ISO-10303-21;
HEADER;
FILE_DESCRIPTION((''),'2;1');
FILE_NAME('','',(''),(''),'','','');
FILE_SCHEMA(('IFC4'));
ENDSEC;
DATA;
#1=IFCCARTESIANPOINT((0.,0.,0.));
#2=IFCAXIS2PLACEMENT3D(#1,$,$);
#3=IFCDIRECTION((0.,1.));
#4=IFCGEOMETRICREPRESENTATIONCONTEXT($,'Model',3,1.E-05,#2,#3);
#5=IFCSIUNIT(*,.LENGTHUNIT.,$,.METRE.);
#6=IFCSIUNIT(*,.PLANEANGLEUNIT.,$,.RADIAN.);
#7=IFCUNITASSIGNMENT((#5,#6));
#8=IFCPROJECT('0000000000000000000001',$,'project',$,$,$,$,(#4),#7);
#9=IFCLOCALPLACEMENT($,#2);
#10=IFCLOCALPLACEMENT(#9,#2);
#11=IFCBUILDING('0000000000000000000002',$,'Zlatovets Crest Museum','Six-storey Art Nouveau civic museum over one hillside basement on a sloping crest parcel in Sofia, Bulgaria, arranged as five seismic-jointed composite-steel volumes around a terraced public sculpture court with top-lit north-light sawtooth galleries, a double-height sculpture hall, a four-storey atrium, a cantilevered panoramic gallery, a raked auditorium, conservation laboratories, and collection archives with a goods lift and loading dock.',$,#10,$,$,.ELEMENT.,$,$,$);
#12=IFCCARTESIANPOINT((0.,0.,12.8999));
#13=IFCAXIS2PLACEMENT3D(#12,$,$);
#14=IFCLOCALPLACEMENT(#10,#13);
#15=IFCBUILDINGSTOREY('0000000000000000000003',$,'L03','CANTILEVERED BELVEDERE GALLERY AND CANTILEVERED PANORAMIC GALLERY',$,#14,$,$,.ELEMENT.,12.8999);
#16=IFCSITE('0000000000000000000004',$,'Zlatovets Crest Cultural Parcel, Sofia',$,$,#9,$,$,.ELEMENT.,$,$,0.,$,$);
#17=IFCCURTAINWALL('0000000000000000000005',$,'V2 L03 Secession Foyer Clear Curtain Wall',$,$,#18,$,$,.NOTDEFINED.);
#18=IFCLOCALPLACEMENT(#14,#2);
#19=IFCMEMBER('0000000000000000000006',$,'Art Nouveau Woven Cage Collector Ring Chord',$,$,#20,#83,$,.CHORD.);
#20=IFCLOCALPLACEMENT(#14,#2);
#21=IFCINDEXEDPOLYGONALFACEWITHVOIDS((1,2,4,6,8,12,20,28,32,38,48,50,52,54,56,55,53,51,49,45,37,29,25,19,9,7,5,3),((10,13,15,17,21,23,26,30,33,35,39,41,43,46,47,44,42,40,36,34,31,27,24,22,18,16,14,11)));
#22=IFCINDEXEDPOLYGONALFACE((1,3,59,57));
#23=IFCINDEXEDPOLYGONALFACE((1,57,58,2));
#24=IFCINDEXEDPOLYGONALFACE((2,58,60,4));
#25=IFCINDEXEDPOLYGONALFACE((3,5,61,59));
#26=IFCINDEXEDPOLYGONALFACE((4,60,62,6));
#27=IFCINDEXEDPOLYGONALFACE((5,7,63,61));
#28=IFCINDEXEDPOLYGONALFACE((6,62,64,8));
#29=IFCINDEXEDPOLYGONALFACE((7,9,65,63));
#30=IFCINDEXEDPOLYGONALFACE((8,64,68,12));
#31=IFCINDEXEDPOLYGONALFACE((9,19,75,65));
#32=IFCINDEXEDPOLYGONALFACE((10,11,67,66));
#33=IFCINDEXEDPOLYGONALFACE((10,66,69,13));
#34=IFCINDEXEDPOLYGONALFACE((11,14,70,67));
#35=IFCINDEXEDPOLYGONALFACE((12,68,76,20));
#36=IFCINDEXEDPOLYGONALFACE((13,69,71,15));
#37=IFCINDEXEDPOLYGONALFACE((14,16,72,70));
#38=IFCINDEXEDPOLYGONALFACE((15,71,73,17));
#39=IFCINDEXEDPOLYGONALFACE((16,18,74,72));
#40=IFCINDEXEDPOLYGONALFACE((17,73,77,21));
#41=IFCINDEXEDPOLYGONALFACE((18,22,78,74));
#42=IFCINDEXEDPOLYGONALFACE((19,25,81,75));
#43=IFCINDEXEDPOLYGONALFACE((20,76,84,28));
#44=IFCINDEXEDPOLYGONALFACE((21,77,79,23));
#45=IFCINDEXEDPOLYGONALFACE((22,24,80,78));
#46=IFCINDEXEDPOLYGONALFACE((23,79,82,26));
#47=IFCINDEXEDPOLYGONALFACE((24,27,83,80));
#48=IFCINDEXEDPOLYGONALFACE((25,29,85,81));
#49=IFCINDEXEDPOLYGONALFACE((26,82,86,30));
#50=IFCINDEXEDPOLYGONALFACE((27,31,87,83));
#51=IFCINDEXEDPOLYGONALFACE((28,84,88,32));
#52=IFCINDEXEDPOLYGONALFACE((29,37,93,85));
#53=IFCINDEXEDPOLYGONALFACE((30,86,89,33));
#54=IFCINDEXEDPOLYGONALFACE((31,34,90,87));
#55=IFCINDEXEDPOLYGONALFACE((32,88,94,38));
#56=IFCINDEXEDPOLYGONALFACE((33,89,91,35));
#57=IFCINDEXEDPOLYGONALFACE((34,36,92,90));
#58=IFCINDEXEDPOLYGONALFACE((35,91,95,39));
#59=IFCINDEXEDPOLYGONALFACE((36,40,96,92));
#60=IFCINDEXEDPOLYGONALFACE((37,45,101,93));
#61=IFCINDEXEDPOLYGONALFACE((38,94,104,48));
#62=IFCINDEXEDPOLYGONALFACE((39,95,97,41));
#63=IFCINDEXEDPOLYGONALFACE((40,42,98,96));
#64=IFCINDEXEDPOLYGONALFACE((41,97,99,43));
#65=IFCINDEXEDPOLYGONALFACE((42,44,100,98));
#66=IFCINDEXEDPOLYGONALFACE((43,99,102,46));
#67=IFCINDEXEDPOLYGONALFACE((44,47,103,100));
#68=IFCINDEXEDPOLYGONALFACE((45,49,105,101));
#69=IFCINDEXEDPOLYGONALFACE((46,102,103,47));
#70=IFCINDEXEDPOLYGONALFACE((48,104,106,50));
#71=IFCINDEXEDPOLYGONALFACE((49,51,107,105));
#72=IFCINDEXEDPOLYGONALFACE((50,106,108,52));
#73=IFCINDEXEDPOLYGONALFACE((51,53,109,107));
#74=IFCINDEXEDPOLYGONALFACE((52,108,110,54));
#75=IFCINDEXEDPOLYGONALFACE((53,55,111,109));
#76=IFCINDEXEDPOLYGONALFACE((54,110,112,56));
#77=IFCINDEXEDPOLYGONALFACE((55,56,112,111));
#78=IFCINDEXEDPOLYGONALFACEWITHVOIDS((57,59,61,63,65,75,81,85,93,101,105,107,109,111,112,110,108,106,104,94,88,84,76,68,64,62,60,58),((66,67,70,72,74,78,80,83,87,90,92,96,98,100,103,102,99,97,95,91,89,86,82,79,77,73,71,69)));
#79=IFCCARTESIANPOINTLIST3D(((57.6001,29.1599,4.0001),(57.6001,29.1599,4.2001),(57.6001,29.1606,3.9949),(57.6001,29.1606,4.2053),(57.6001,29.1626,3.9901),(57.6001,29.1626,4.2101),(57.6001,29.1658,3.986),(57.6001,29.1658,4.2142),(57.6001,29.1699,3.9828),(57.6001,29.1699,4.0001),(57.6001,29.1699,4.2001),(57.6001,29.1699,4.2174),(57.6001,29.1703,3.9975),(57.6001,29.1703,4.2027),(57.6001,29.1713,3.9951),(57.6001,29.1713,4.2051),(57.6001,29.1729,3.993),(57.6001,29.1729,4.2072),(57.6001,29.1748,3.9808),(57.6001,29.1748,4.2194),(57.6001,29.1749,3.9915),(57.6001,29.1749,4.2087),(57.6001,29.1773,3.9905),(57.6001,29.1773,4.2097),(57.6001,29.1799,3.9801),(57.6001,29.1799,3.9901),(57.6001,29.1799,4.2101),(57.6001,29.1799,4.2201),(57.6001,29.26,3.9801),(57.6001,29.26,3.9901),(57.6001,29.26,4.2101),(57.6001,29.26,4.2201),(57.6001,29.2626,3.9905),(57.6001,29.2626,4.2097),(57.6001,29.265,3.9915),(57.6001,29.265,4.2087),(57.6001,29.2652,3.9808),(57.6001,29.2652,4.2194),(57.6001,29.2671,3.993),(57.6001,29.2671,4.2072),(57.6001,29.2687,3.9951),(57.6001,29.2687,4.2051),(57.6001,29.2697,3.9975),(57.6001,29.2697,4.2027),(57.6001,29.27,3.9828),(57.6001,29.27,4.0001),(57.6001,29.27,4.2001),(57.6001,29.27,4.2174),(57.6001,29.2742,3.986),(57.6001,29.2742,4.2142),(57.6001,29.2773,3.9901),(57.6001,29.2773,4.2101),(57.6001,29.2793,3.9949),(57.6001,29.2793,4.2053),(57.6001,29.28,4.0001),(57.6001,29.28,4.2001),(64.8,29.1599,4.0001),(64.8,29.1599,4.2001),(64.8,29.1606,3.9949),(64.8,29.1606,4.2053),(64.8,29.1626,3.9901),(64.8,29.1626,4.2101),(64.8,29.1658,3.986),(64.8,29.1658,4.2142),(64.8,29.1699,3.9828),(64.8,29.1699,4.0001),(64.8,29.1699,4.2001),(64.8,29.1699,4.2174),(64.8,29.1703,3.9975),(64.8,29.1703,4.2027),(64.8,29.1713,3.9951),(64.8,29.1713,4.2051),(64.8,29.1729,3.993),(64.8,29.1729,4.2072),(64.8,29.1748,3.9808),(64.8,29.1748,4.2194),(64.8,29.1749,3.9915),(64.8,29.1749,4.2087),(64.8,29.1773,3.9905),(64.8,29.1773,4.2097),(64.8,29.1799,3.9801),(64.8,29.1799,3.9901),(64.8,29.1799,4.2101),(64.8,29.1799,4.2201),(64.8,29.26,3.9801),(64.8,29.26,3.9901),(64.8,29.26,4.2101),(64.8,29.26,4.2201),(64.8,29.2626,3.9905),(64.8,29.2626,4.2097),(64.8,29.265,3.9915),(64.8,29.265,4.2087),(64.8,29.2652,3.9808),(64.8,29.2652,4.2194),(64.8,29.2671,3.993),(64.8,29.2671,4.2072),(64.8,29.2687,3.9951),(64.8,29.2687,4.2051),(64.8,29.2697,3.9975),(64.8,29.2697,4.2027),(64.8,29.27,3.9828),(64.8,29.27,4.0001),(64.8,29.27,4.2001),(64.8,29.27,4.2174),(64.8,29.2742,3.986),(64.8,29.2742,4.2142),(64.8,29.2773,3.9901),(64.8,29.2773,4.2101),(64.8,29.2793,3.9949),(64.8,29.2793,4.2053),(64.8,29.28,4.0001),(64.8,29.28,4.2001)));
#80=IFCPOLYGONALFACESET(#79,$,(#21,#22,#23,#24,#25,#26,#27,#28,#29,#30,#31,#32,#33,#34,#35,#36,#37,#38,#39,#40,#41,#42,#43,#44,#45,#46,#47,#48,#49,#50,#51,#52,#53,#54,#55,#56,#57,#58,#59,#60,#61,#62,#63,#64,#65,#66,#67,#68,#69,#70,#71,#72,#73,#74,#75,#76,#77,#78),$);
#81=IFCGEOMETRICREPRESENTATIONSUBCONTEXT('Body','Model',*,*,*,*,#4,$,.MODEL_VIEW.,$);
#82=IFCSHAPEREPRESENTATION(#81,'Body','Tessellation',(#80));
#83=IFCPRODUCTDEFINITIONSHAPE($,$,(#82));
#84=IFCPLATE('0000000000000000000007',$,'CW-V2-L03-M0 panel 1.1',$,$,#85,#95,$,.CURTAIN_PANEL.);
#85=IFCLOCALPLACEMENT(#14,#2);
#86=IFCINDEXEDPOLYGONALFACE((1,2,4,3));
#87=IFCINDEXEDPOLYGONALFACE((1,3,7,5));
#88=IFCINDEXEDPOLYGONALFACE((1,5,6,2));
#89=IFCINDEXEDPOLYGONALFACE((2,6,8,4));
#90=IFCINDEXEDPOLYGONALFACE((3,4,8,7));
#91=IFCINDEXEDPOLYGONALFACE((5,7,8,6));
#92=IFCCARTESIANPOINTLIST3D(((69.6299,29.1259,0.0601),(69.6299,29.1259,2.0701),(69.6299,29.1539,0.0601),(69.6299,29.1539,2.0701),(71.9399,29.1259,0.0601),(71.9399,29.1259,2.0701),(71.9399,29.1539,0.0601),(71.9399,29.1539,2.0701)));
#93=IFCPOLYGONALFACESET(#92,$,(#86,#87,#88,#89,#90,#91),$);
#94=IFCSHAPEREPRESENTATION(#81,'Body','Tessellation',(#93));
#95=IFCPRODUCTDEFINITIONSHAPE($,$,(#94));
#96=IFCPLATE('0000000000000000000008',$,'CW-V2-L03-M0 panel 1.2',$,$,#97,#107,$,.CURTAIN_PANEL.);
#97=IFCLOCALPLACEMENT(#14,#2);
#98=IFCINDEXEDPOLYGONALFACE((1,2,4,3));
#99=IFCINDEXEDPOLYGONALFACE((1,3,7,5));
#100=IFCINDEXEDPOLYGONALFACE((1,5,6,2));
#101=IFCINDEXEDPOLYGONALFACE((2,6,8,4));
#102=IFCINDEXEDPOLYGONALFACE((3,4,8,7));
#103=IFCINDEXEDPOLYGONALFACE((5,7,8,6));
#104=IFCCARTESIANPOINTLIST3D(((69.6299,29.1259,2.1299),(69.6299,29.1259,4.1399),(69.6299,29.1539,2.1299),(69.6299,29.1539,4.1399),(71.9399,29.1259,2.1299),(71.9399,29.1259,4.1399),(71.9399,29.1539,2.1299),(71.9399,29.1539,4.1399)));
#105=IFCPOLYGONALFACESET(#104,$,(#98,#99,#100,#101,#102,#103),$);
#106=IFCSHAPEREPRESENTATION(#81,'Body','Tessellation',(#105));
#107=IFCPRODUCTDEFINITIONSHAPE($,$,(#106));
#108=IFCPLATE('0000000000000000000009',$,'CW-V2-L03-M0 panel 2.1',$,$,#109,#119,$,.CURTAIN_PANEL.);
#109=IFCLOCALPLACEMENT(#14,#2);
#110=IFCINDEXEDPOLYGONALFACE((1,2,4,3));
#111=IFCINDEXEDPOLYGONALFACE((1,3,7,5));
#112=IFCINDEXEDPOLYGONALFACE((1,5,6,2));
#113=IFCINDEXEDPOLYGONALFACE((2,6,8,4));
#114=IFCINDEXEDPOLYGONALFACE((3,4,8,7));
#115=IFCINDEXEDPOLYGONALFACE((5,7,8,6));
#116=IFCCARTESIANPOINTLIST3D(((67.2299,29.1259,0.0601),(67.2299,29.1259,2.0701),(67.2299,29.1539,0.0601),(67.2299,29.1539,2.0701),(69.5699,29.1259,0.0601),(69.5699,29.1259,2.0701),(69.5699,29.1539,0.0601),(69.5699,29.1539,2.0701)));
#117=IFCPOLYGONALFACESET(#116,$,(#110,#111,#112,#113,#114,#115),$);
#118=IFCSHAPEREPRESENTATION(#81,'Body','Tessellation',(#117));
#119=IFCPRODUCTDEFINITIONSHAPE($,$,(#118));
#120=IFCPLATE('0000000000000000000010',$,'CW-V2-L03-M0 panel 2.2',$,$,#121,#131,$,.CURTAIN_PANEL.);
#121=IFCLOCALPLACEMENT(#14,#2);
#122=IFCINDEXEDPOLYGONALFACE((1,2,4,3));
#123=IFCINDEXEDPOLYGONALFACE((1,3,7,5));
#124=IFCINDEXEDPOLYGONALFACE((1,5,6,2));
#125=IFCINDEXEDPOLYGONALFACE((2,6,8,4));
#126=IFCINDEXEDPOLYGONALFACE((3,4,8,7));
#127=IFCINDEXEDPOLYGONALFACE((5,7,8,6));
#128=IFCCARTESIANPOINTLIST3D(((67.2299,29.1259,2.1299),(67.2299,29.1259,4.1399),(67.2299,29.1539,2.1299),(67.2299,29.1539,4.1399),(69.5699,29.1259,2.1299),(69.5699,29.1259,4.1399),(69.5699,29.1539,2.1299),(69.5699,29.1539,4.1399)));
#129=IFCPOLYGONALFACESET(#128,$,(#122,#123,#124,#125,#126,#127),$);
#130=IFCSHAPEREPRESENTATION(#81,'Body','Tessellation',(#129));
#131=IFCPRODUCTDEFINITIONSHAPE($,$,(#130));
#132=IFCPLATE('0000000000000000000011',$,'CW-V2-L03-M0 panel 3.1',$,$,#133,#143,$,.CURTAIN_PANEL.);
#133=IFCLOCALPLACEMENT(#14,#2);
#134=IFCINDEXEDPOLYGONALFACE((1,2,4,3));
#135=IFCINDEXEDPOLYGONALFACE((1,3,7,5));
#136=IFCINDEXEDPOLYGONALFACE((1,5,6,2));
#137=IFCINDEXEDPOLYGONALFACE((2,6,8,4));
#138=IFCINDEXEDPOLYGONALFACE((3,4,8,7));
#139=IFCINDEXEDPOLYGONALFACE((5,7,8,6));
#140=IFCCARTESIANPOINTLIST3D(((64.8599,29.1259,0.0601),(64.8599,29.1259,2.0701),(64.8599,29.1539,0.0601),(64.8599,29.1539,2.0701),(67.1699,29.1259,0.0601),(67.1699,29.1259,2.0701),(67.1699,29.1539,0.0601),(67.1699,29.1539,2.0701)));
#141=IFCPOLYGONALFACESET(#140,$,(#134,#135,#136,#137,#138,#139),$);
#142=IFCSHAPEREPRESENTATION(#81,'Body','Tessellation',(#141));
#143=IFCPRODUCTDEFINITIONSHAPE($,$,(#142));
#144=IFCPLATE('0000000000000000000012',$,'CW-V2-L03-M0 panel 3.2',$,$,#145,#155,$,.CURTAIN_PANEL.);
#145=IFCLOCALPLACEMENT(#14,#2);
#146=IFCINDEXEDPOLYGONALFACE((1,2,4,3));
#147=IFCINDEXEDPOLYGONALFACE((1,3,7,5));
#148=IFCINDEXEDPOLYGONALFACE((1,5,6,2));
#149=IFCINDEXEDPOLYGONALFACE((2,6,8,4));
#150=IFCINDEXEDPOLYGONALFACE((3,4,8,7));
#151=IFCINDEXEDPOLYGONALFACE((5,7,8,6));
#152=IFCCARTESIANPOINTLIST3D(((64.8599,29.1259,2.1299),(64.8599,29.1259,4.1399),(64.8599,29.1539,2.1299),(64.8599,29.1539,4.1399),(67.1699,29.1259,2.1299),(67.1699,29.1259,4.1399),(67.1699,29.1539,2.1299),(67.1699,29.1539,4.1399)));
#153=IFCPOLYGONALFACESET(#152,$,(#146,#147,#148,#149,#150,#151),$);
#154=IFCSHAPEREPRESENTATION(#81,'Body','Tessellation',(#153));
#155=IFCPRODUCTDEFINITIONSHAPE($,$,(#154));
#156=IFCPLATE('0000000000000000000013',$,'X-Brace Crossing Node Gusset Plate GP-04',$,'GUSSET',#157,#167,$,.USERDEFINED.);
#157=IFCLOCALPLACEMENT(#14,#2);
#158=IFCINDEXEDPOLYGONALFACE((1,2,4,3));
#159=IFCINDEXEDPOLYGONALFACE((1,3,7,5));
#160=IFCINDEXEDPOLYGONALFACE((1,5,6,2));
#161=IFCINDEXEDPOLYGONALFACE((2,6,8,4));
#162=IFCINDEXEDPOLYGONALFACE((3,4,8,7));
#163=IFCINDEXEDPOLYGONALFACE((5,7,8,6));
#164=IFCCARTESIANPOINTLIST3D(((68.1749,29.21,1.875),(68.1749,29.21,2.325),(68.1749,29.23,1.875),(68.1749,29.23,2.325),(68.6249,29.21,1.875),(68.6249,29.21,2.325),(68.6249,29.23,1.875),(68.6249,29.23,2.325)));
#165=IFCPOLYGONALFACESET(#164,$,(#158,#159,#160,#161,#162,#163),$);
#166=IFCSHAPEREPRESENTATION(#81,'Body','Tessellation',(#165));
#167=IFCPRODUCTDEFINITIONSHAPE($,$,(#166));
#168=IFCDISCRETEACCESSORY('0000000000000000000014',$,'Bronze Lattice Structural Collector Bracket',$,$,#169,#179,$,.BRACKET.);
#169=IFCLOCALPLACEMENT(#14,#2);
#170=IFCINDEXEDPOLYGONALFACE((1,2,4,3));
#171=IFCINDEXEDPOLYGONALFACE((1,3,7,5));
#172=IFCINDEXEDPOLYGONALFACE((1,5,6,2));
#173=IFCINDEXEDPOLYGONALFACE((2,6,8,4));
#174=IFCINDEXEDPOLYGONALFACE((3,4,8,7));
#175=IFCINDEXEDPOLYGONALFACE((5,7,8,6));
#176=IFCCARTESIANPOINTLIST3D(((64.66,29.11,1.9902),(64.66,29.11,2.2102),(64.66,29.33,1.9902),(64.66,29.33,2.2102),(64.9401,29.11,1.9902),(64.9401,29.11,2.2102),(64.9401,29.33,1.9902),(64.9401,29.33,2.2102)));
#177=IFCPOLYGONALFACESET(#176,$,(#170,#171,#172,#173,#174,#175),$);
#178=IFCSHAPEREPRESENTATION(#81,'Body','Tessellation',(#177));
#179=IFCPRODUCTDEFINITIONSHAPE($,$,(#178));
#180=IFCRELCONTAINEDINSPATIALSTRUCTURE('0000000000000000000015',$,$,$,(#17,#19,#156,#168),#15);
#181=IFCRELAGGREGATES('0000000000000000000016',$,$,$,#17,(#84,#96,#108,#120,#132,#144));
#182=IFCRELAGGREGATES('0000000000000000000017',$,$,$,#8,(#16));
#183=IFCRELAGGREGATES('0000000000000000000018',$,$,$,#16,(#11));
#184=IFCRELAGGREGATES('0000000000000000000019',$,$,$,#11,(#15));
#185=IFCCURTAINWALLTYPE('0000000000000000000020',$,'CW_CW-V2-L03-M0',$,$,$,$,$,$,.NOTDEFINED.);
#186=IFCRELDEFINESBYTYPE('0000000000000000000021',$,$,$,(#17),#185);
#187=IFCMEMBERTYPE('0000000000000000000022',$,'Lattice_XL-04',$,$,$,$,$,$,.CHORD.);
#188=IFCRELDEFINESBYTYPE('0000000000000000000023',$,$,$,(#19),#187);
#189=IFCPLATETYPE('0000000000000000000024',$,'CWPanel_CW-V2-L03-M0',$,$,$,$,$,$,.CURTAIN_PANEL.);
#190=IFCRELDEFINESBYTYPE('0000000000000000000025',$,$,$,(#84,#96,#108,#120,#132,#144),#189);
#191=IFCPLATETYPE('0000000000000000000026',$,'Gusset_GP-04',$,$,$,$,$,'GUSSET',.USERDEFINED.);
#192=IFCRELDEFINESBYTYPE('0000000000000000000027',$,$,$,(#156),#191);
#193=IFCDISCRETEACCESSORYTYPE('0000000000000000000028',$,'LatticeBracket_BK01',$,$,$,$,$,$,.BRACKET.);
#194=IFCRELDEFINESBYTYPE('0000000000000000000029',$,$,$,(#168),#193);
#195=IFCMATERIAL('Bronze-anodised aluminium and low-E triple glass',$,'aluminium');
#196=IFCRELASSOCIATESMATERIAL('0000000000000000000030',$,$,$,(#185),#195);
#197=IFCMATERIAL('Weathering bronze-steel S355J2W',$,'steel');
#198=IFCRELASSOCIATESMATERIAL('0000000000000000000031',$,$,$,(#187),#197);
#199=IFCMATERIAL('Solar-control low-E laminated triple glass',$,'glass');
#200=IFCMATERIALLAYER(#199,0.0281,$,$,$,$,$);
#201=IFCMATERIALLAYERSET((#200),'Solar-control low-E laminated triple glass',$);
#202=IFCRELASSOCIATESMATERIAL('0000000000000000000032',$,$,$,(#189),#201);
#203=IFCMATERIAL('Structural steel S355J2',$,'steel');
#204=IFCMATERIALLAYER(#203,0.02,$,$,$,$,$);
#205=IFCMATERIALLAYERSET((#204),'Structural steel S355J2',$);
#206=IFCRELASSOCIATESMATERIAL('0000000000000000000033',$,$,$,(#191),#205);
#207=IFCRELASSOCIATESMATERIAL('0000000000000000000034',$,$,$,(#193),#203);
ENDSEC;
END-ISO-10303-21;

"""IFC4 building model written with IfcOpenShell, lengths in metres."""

from ifc_helpers import new_model, si_unit, direction, frame, origin, origin_2d, place, context, subcontext, project, spatial, rectangle, hollow_rectangle, extrude, material, layer, layer_set, material_profile, profile_set, type_object, element, aggregate, save


model = new_model("IFC4")

# Units and contexts
model_context = context("Model", 3, precision=1e-05, world=origin(), true_north=direction((0.0, 1.0)))
body_context = subcontext(model_context, "Body", "Model", "MODEL_VIEW")
ifc_project = project(units=[si_unit("LENGTHUNIT", "METRE"), si_unit("PLANEANGLEUNIT", "RADIAN")], contexts=[model_context])

# Site, building, storey
site_placement = place(None, origin())
site = spatial("IfcSite", under=ifc_project, at=site_placement, Name="Zlatovets Crest Cultural Parcel, Sofia", CompositionType="ELEMENT", RefElevation=0.0)
building_placement = place(site_placement, origin())
building = spatial("IfcBuilding", under=site, at=building_placement, Name="Zlatovets Crest Museum", Description="Six-storey Art Nouveau civic museum over one hillside basement on a sloping crest parcel in Sofia, Bulgaria, arranged as five seismic-jointed composite-steel volumes around a terraced public sculpture court with top-lit north-light sawtooth galleries, a double-height sculpture hall, a four-storey atrium, a cantilevered panoramic gallery, a raked auditorium, conservation laboratories, and collection archives with a goods lift and loading dock.", CompositionType="ELEMENT")
storey_placement = place(building_placement, frame((0.0, 0.0, 12.8999)))
storey = spatial("IfcBuildingStorey", under=building, at=storey_placement, Name="L03", Description="CANTILEVERED BELVEDERE GALLERY AND CANTILEVERED PANORAMIC GALLERY", CompositionType="ELEMENT", Elevation=12.8999)

# Shared definitions
ifc_material_1 = material(Name="Structural steel S355J2", Category="steel")

# Curtain wall
ifc_material_2 = material(Name="Bronze-anodised aluminium and low-E triple glass", Category="aluminium")
curtain_wall_type = type_object("IfcCurtainWallType", Name="CW_CW-V2-L03-M0", PredefinedType="NOTDEFINED", material=ifc_material_2)
curtain_wall_placement = place(storey_placement, origin())
curtain_wall = element("IfcCurtainWall", 1, at=curtain_wall_placement, inside=storey, type_object=curtain_wall_type, Name="V2 L03 Secession Foyer Clear Curtain Wall", PredefinedType="NOTDEFINED")

# Member
ifc_material_3 = material(Name="Weathering bronze-steel S355J2W", Category="steel")
ifc_material_profile_1 = material_profile(ifc_material_3, hollow_rectangle(XDim=0.1201, YDim=0.24, WallThickness=0.01, InnerFilletRadius=0.01, OuterFilletRadius=0.02, at=origin_2d()), Name="RHS 120x240x10.0")
ifc_profile_set_1 = profile_set([ifc_material_profile_1], Name="Weathering bronze-steel S355J2W")
member_type_1 = type_object("IfcMemberType", Name="Lattice_XL-04", PredefinedType="CHORD", material=ifc_profile_set_1)
member_1_placement = place(storey_placement, frame((64.8, 29.22, 4.1001), z_axis=(-1.0, 0.0, 0.0), x_axis=(0.0, -1.0, 0.0)))
element("IfcMember", 2, at=member_1_placement, inside=storey, type_object=member_type_1, Name="Art Nouveau Woven Cage Collector Ring Chord", PredefinedType="CHORD", context=body_context, shape_type="SweptSolid", body=[
    extrude(hollow_rectangle(XDim=0.1201, YDim=0.24, WallThickness=0.01, InnerFilletRadius=0.01, OuterFilletRadius=0.02, at=origin_2d()), origin(), (0.0, 0.0, 1.0), 7.2),
])

# Plates
ifc_material_4 = material(Name="Solar-control low-E laminated triple glass", Category="glass")
ifc_layer_1 = layer(ifc_material_4, 0.0281)
ifc_layer_set_1 = layer_set([ifc_layer_1], Name="Solar-control low-E laminated triple glass")
plate_type_1 = type_object("IfcPlateType", Name="CWPanel_CW-V2-L03-M0", PredefinedType="CURTAIN_PANEL", material=ifc_layer_set_1)
plate_1_placement = place(storey_placement, frame((70.7849, 29.1399, 0.0601), z_axis=(0.0, 0.0, 1.0), x_axis=(-1.0, 0.0, 0.0)))
plate_1 = element("IfcPlate", 3, at=plate_1_placement, type_object=plate_type_1, Name="CW-V2-L03-M0 panel 1.1", PredefinedType="CURTAIN_PANEL", context=body_context, shape_type="SweptSolid", body=[
    extrude(rectangle(XDim=2.3101, YDim=0.0281, at=origin_2d()), origin(), (0.0, 0.0, 1.0), 2.01),
])
plate_2_placement = place(storey_placement, frame((70.7849, 29.1399, 2.1299), z_axis=(0.0, 0.0, 1.0), x_axis=(-1.0, 0.0, 0.0)))
plate_2 = element("IfcPlate", 4, at=plate_2_placement, type_object=plate_type_1, Name="CW-V2-L03-M0 panel 1.2", PredefinedType="CURTAIN_PANEL", context=body_context, shape_type="SweptSolid", body=[
    extrude(rectangle(XDim=2.3101, YDim=0.0281, at=origin_2d()), origin(), (0.0, 0.0, 1.0), 2.01),
])
plate_3_placement = place(storey_placement, frame((68.3999, 29.1399, 0.0601), z_axis=(0.0, 0.0, 1.0), x_axis=(-1.0, 0.0, 0.0)))
plate_3 = element("IfcPlate", 5, at=plate_3_placement, type_object=plate_type_1, Name="CW-V2-L03-M0 panel 2.1", PredefinedType="CURTAIN_PANEL", context=body_context, shape_type="SweptSolid", body=[
    extrude(rectangle(XDim=2.3401, YDim=0.0281, at=origin_2d()), origin(), (0.0, 0.0, 1.0), 2.01),
])
plate_4_placement = place(storey_placement, frame((68.3999, 29.1399, 2.1299), z_axis=(0.0, 0.0, 1.0), x_axis=(-1.0, 0.0, 0.0)))
plate_4 = element("IfcPlate", 6, at=plate_4_placement, type_object=plate_type_1, Name="CW-V2-L03-M0 panel 2.2", PredefinedType="CURTAIN_PANEL", context=body_context, shape_type="SweptSolid", body=[
    extrude(rectangle(XDim=2.3401, YDim=0.0281, at=origin_2d()), origin(), (0.0, 0.0, 1.0), 2.01),
])
plate_5_placement = place(storey_placement, frame((66.0149, 29.1399, 0.0601), z_axis=(0.0, 0.0, 1.0), x_axis=(-1.0, 0.0, 0.0)))
plate_5 = element("IfcPlate", 7, at=plate_5_placement, type_object=plate_type_1, Name="CW-V2-L03-M0 panel 3.1", PredefinedType="CURTAIN_PANEL", context=body_context, shape_type="SweptSolid", body=[
    extrude(rectangle(XDim=2.3101, YDim=0.0281, at=origin_2d()), origin(), (0.0, 0.0, 1.0), 2.01),
])
plate_6_placement = place(storey_placement, frame((66.0149, 29.1399, 2.1299), z_axis=(0.0, 0.0, 1.0), x_axis=(-1.0, 0.0, 0.0)))
plate_6 = element("IfcPlate", 8, at=plate_6_placement, type_object=plate_type_1, Name="CW-V2-L03-M0 panel 3.2", PredefinedType="CURTAIN_PANEL", context=body_context, shape_type="SweptSolid", body=[
    extrude(rectangle(XDim=2.3101, YDim=0.0281, at=origin_2d()), origin(), (0.0, 0.0, 1.0), 2.01),
])
aggregate(curtain_wall, [plate_1, plate_2, plate_3, plate_4, plate_5, plate_6])
ifc_layer_2 = layer(ifc_material_1, 0.02)
ifc_layer_set_2 = layer_set([ifc_layer_2], Name="Structural steel S355J2")
plate_type_2 = type_object("IfcPlateType", Name="Gusset_GP-04", ElementType="GUSSET", PredefinedType="USERDEFINED", material=ifc_layer_set_2)
plate_7_placement = place(storey_placement, frame((68.3999, 29.22, 1.875), z_axis=(0.0, 0.0, 1.0), x_axis=(1.0, 0.0, 0.0)))
element("IfcPlate", 9, at=plate_7_placement, inside=storey, type_object=plate_type_2, Name="X-Brace Crossing Node Gusset Plate GP-04", ObjectType="GUSSET", PredefinedType="USERDEFINED", context=body_context, shape_type="SweptSolid", body=[
    extrude(rectangle(XDim=0.45, YDim=0.02, at=origin_2d()), origin(), (0.0, 0.0, 1.0), 0.45),
])

# Discrete accessory
discrete_accessory_type = type_object("IfcDiscreteAccessoryType", Name="LatticeBracket_BK01", PredefinedType="BRACKET", material=ifc_material_1)
discrete_accessory_placement = place(storey_placement, frame((64.8, 29.22, 1.9902), z_axis=(0.0, 0.0, 1.0), x_axis=(1.0, 0.0, 0.0)))
element("IfcDiscreteAccessory", 10, at=discrete_accessory_placement, inside=storey, type_object=discrete_accessory_type, Name="Bronze Lattice Structural Collector Bracket", PredefinedType="BRACKET", context=body_context, shape_type="SweptSolid", body=[
    extrude(rectangle(XDim=0.28, YDim=0.22, at=origin_2d()), origin(), (0.0, 0.0, 1.0), 0.22),
])

save(model, "model.ifc")
